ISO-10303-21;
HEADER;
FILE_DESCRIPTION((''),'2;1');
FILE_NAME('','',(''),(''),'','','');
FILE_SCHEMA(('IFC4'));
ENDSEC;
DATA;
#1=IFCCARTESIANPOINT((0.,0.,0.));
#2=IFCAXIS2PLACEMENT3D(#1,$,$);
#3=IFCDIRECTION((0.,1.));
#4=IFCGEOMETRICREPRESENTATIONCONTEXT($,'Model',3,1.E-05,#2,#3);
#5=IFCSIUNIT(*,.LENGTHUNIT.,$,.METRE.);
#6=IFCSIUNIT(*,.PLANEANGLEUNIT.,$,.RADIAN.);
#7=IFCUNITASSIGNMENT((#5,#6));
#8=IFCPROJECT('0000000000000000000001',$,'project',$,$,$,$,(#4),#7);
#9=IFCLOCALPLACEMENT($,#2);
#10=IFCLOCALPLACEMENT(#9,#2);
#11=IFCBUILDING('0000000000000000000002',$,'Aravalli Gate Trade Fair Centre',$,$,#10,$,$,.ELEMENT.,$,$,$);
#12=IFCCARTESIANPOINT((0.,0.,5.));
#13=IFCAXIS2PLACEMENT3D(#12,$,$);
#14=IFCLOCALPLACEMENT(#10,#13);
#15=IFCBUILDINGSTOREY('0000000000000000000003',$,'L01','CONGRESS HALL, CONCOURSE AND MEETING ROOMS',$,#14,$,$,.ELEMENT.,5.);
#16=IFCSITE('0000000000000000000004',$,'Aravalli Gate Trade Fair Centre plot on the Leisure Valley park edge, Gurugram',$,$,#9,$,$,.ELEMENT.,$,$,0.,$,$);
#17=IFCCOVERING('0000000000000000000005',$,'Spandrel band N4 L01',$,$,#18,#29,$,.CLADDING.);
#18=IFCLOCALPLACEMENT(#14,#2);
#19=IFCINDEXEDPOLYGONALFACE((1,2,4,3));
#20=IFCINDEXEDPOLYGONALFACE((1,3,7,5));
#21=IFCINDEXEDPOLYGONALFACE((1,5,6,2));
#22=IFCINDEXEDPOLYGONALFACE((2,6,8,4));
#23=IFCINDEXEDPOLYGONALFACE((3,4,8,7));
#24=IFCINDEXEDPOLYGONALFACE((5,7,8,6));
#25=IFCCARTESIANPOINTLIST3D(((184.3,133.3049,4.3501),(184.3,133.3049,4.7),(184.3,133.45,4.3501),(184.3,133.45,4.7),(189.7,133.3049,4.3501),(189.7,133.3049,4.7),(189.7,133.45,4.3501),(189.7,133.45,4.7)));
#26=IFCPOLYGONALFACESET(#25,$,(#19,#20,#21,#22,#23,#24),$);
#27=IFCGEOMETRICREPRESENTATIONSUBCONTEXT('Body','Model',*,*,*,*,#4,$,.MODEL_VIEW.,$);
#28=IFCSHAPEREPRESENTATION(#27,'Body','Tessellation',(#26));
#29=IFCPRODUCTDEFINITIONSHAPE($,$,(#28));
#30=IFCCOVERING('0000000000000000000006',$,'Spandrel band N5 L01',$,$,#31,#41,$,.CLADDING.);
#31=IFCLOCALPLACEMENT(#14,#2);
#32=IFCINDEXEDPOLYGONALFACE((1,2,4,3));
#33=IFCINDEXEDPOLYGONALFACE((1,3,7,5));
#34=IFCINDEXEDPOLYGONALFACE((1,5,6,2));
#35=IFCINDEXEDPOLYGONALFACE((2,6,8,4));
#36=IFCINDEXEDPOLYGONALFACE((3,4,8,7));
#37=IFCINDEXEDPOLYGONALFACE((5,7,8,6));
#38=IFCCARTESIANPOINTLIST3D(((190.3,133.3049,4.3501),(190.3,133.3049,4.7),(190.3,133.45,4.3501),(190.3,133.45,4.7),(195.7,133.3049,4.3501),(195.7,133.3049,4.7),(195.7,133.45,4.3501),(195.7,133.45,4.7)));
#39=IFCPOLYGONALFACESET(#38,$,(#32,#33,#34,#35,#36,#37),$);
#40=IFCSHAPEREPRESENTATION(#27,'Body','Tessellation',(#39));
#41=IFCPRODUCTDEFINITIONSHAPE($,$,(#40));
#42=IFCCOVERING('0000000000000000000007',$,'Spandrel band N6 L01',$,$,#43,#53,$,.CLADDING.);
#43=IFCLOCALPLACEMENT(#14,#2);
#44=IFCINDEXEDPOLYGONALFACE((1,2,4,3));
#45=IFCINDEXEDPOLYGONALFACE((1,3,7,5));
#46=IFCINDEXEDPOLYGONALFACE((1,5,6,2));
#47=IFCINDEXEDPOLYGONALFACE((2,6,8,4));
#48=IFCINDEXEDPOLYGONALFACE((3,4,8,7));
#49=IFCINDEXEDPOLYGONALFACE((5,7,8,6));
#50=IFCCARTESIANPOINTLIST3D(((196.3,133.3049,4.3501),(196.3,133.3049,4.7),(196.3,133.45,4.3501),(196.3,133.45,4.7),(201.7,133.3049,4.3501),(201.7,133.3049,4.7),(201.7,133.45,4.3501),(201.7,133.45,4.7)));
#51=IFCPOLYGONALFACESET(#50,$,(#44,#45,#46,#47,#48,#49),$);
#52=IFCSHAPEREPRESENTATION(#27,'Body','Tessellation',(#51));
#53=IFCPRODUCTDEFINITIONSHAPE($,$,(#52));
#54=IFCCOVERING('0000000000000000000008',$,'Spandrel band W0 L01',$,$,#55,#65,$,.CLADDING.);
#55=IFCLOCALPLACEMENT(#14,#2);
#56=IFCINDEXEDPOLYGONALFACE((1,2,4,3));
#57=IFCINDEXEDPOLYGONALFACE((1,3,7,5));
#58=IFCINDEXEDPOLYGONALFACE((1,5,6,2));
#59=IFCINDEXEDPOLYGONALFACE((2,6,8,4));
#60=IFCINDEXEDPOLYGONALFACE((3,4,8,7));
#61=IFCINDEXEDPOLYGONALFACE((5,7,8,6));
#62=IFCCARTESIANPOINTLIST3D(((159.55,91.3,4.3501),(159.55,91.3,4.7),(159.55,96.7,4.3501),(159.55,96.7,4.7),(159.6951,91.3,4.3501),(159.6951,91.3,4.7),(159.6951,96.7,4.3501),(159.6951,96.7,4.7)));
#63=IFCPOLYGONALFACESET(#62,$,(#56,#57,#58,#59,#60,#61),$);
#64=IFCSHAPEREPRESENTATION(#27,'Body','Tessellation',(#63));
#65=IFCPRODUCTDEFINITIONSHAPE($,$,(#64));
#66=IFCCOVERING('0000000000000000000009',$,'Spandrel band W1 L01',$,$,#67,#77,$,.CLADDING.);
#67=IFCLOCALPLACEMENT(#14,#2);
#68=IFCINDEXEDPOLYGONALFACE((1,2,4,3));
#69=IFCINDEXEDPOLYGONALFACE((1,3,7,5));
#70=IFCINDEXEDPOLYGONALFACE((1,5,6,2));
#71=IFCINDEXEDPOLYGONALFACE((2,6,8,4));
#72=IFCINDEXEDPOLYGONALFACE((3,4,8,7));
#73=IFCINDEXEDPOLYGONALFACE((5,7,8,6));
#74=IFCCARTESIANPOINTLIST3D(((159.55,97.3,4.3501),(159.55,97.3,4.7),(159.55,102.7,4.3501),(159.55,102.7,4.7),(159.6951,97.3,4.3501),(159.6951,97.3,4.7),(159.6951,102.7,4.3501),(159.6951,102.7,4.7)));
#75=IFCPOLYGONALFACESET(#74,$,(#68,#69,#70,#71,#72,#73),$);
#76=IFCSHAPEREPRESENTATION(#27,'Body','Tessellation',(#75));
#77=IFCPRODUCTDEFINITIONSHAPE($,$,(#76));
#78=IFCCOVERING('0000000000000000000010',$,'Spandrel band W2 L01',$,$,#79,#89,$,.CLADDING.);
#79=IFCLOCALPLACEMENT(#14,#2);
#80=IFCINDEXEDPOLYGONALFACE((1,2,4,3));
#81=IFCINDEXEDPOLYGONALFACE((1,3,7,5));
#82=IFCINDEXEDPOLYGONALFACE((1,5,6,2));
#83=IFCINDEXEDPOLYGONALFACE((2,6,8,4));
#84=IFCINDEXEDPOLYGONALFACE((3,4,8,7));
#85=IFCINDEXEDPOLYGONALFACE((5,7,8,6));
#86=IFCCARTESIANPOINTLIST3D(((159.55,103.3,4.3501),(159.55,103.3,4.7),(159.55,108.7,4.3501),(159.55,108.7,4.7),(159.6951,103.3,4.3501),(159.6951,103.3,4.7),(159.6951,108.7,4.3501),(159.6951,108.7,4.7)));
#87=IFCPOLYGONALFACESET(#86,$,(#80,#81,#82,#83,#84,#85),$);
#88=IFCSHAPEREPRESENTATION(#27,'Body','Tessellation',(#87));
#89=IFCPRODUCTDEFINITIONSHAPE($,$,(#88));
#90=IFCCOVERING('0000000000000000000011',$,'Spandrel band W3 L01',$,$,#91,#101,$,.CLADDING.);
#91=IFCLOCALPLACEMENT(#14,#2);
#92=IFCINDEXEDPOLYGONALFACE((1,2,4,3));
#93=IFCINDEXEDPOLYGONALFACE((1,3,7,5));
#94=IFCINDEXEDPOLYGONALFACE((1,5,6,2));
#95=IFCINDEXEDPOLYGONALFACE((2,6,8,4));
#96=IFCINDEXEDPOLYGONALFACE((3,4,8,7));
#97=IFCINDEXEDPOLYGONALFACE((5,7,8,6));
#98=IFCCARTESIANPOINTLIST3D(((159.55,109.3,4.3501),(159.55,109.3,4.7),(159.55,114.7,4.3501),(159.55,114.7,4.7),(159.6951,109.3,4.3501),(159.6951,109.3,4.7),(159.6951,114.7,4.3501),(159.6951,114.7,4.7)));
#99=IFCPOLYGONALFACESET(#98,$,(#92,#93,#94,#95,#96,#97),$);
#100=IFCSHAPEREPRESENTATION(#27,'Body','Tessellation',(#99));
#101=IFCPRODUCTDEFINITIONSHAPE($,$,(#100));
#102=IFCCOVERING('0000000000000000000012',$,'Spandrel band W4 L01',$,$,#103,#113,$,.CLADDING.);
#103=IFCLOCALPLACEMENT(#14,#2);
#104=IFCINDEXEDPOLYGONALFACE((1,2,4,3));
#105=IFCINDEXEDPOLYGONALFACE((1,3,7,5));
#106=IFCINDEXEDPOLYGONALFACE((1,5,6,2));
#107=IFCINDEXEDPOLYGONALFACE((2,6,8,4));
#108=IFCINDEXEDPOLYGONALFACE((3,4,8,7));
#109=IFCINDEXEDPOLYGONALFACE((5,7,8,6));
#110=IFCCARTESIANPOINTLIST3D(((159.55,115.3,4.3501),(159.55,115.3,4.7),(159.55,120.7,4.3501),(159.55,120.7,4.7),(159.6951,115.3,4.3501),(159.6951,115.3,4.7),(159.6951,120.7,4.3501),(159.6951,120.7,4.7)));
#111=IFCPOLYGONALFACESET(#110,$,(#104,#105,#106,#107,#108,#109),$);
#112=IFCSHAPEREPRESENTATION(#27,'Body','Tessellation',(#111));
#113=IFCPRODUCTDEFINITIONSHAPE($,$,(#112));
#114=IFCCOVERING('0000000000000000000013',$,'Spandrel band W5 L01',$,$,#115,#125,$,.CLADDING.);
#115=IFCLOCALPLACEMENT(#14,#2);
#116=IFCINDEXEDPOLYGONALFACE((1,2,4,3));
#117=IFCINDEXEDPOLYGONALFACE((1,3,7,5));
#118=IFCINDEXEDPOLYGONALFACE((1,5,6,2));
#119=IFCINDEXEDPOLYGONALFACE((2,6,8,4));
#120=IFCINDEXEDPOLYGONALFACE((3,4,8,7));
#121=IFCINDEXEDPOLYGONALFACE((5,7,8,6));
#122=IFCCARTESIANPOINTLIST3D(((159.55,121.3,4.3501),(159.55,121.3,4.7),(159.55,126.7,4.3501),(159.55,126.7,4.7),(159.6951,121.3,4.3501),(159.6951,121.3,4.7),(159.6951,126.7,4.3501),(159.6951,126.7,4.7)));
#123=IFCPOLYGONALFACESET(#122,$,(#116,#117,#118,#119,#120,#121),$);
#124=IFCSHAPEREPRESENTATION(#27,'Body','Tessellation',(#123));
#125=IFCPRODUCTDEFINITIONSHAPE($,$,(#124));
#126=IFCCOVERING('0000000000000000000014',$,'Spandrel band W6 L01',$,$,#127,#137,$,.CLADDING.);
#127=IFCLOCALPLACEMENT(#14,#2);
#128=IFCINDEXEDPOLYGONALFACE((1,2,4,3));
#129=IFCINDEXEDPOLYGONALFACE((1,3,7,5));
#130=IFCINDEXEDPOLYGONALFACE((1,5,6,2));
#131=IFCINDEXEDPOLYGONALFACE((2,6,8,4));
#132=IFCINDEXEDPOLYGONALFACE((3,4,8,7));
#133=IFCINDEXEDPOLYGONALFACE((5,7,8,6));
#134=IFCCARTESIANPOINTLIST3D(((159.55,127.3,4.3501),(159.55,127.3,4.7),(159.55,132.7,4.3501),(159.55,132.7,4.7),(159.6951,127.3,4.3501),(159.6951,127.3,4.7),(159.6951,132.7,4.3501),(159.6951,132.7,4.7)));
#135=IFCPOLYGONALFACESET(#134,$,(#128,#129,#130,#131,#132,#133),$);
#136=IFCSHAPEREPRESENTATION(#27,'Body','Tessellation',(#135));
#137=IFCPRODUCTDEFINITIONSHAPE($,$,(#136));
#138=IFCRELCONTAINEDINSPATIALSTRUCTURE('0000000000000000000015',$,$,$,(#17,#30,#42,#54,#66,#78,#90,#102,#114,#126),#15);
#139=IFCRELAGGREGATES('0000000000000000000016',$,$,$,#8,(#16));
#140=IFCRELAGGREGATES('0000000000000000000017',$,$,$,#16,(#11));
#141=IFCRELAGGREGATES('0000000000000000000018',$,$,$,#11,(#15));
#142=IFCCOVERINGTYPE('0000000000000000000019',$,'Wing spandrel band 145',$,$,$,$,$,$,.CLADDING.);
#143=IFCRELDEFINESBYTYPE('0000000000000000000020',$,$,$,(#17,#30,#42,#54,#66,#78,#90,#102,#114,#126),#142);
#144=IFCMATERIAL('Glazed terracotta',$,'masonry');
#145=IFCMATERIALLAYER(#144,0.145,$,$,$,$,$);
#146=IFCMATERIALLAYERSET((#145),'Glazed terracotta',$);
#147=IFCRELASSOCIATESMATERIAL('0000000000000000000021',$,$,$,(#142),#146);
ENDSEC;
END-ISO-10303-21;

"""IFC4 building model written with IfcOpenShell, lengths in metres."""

from ifc_helpers import new_model, si_unit, direction, frame, origin, place, context, subcontext, project, spatial, polyline, outline, extrude, material, layer, layer_set, type_object, element, save


model = new_model("IFC4")

# Units and contexts
model_context = context("Model", 3, precision=1e-05, world=origin(), true_north=direction((0.0, 1.0)))
body_context = subcontext(model_context, "Body", "Model", "MODEL_VIEW")
ifc_project = project(units=[si_unit("LENGTHUNIT", "METRE"), si_unit("PLANEANGLEUNIT", "RADIAN")], contexts=[model_context])

# Site, building, storey
site_placement = place(None, origin())
site = spatial("IfcSite", under=ifc_project, at=site_placement, Name="Aravalli Gate Trade Fair Centre plot on the Leisure Valley park edge, Gurugram", CompositionType="ELEMENT", RefElevation=0.0)
building_placement = place(site_placement, origin())
building = spatial("IfcBuilding", under=site, at=building_placement, Name="Aravalli Gate Trade Fair Centre", CompositionType="ELEMENT")
storey_placement = place(building_placement, frame((0.0, 0.0, 5.0)))
storey = spatial("IfcBuildingStorey", under=building, at=storey_placement, Name="L01", Description="CONGRESS HALL, CONCOURSE AND MEETING ROOMS", CompositionType="ELEMENT", Elevation=5.0)

# Coverings
ifc_material_1 = material(Name="Glazed terracotta", Category="masonry")
ifc_layer_1 = layer(ifc_material_1, 0.145)
ifc_layer_set_1 = layer_set([ifc_layer_1], Name="Glazed terracotta")
covering_type_1 = type_object("IfcCoveringType", Name="Wing spandrel band 145", PredefinedType="CLADDING", material=ifc_layer_set_1)
covering_1_placement = place(storey_placement, frame((0.0, 0.0, 4.3501)))
element("IfcCovering", 1, at=covering_1_placement, inside=storey, type_object=covering_type_1, Name="Spandrel band N4 L01", PredefinedType="CLADDING", context=body_context, shape_type="SweptSolid", body=[
    extrude(outline(polyline([(184.3, 133.3049), (189.7, 133.3049), (189.7, 133.45), (184.3, 133.45), (184.3, 133.3049)])), origin(), (0.0, 0.0, 1.0), 0.3499),
])
covering_2_placement = place(storey_placement, frame((0.0, 0.0, 4.3501)))
element("IfcCovering", 2, at=covering_2_placement, inside=storey, type_object=covering_type_1, Name="Spandrel band N5 L01", PredefinedType="CLADDING", context=body_context, shape_type="SweptSolid", body=[
    extrude(outline(polyline([(190.3, 133.3049), (195.7, 133.3049), (195.7, 133.45), (190.3, 133.45), (190.3, 133.3049)])), origin(), (0.0, 0.0, 1.0), 0.3499),
])
covering_3_placement = place(storey_placement, frame((0.0, 0.0, 4.3501)))
element("IfcCovering", 3, at=covering_3_placement, inside=storey, type_object=covering_type_1, Name="Spandrel band N6 L01", PredefinedType="CLADDING", context=body_context, shape_type="SweptSolid", body=[
    extrude(outline(polyline([(196.3, 133.3049), (201.7, 133.3049), (201.7, 133.45), (196.3, 133.45), (196.3, 133.3049)])), origin(), (0.0, 0.0, 1.0), 0.3499),
])
covering_4_placement = place(storey_placement, frame((0.0, 0.0, 4.3501)))
element("IfcCovering", 4, at=covering_4_placement, inside=storey, type_object=covering_type_1, Name="Spandrel band W0 L01", PredefinedType="CLADDING", context=body_context, shape_type="SweptSolid", body=[
    extrude(outline(polyline([(159.55, 91.3), (159.6951, 91.3), (159.6951, 96.7), (159.55, 96.7), (159.55, 91.3)])), origin(), (0.0, 0.0, 1.0), 0.3499),
])
covering_5_placement = place(storey_placement, frame((0.0, 0.0, 4.3501)))
element("IfcCovering", 5, at=covering_5_placement, inside=storey, type_object=covering_type_1, Name="Spandrel band W1 L01", PredefinedType="CLADDING", context=body_context, shape_type="SweptSolid", body=[
    extrude(outline(polyline([(159.55, 97.3), (159.6951, 97.3), (159.6951, 102.7), (159.55, 102.7), (159.55, 97.3)])), origin(), (0.0, 0.0, 1.0), 0.3499),
])
covering_6_placement = place(storey_placement, frame((0.0, 0.0, 4.3501)))
element("IfcCovering", 6, at=covering_6_placement, inside=storey, type_object=covering_type_1, Name="Spandrel band W2 L01", PredefinedType="CLADDING", context=body_context, shape_type="SweptSolid", body=[
    extrude(outline(polyline([(159.55, 103.3), (159.6951, 103.3), (159.6951, 108.7), (159.55, 108.7), (159.55, 103.3)])), origin(), (0.0, 0.0, 1.0), 0.3499),
])
covering_7_placement = place(storey_placement, frame((0.0, 0.0, 4.3501)))
element("IfcCovering", 7, at=covering_7_placement, inside=storey, type_object=covering_type_1, Name="Spandrel band W3 L01", PredefinedType="CLADDING", context=body_context, shape_type="SweptSolid", body=[
    extrude(outline(polyline([(159.55, 109.3), (159.6951, 109.3), (159.6951, 114.7), (159.55, 114.7), (159.55, 109.3)])), origin(), (0.0, 0.0, 1.0), 0.3499),
])
covering_8_placement = place(storey_placement, frame((0.0, 0.0, 4.3501)))
element("IfcCovering", 8, at=covering_8_placement, inside=storey, type_object=covering_type_1, Name="Spandrel band W4 L01", PredefinedType="CLADDING", context=body_context, shape_type="SweptSolid", body=[
    extrude(outline(polyline([(159.55, 115.3), (159.6951, 115.3), (159.6951, 120.7), (159.55, 120.7), (159.55, 115.3)])), origin(), (0.0, 0.0, 1.0), 0.3499),
])
covering_9_placement = place(storey_placement, frame((0.0, 0.0, 4.3501)))
element("IfcCovering", 9, at=covering_9_placement, inside=storey, type_object=covering_type_1, Name="Spandrel band W5 L01", PredefinedType="CLADDING", context=body_context, shape_type="SweptSolid", body=[
    extrude(outline(polyline([(159.55, 121.3), (159.6951, 121.3), (159.6951, 126.7), (159.55, 126.7), (159.55, 121.3)])), origin(), (0.0, 0.0, 1.0), 0.3499),
])
covering_10_placement = place(storey_placement, frame((0.0, 0.0, 4.3501)))
element("IfcCovering", 10, at=covering_10_placement, inside=storey, type_object=covering_type_1, Name="Spandrel band W6 L01", PredefinedType="CLADDING", context=body_context, shape_type="SweptSolid", body=[
    extrude(outline(polyline([(159.55, 127.3), (159.6951, 127.3), (159.6951, 132.7), (159.55, 132.7), (159.55, 127.3)])), origin(), (0.0, 0.0, 1.0), 0.3499),
])

save(model, "model.ifc")
